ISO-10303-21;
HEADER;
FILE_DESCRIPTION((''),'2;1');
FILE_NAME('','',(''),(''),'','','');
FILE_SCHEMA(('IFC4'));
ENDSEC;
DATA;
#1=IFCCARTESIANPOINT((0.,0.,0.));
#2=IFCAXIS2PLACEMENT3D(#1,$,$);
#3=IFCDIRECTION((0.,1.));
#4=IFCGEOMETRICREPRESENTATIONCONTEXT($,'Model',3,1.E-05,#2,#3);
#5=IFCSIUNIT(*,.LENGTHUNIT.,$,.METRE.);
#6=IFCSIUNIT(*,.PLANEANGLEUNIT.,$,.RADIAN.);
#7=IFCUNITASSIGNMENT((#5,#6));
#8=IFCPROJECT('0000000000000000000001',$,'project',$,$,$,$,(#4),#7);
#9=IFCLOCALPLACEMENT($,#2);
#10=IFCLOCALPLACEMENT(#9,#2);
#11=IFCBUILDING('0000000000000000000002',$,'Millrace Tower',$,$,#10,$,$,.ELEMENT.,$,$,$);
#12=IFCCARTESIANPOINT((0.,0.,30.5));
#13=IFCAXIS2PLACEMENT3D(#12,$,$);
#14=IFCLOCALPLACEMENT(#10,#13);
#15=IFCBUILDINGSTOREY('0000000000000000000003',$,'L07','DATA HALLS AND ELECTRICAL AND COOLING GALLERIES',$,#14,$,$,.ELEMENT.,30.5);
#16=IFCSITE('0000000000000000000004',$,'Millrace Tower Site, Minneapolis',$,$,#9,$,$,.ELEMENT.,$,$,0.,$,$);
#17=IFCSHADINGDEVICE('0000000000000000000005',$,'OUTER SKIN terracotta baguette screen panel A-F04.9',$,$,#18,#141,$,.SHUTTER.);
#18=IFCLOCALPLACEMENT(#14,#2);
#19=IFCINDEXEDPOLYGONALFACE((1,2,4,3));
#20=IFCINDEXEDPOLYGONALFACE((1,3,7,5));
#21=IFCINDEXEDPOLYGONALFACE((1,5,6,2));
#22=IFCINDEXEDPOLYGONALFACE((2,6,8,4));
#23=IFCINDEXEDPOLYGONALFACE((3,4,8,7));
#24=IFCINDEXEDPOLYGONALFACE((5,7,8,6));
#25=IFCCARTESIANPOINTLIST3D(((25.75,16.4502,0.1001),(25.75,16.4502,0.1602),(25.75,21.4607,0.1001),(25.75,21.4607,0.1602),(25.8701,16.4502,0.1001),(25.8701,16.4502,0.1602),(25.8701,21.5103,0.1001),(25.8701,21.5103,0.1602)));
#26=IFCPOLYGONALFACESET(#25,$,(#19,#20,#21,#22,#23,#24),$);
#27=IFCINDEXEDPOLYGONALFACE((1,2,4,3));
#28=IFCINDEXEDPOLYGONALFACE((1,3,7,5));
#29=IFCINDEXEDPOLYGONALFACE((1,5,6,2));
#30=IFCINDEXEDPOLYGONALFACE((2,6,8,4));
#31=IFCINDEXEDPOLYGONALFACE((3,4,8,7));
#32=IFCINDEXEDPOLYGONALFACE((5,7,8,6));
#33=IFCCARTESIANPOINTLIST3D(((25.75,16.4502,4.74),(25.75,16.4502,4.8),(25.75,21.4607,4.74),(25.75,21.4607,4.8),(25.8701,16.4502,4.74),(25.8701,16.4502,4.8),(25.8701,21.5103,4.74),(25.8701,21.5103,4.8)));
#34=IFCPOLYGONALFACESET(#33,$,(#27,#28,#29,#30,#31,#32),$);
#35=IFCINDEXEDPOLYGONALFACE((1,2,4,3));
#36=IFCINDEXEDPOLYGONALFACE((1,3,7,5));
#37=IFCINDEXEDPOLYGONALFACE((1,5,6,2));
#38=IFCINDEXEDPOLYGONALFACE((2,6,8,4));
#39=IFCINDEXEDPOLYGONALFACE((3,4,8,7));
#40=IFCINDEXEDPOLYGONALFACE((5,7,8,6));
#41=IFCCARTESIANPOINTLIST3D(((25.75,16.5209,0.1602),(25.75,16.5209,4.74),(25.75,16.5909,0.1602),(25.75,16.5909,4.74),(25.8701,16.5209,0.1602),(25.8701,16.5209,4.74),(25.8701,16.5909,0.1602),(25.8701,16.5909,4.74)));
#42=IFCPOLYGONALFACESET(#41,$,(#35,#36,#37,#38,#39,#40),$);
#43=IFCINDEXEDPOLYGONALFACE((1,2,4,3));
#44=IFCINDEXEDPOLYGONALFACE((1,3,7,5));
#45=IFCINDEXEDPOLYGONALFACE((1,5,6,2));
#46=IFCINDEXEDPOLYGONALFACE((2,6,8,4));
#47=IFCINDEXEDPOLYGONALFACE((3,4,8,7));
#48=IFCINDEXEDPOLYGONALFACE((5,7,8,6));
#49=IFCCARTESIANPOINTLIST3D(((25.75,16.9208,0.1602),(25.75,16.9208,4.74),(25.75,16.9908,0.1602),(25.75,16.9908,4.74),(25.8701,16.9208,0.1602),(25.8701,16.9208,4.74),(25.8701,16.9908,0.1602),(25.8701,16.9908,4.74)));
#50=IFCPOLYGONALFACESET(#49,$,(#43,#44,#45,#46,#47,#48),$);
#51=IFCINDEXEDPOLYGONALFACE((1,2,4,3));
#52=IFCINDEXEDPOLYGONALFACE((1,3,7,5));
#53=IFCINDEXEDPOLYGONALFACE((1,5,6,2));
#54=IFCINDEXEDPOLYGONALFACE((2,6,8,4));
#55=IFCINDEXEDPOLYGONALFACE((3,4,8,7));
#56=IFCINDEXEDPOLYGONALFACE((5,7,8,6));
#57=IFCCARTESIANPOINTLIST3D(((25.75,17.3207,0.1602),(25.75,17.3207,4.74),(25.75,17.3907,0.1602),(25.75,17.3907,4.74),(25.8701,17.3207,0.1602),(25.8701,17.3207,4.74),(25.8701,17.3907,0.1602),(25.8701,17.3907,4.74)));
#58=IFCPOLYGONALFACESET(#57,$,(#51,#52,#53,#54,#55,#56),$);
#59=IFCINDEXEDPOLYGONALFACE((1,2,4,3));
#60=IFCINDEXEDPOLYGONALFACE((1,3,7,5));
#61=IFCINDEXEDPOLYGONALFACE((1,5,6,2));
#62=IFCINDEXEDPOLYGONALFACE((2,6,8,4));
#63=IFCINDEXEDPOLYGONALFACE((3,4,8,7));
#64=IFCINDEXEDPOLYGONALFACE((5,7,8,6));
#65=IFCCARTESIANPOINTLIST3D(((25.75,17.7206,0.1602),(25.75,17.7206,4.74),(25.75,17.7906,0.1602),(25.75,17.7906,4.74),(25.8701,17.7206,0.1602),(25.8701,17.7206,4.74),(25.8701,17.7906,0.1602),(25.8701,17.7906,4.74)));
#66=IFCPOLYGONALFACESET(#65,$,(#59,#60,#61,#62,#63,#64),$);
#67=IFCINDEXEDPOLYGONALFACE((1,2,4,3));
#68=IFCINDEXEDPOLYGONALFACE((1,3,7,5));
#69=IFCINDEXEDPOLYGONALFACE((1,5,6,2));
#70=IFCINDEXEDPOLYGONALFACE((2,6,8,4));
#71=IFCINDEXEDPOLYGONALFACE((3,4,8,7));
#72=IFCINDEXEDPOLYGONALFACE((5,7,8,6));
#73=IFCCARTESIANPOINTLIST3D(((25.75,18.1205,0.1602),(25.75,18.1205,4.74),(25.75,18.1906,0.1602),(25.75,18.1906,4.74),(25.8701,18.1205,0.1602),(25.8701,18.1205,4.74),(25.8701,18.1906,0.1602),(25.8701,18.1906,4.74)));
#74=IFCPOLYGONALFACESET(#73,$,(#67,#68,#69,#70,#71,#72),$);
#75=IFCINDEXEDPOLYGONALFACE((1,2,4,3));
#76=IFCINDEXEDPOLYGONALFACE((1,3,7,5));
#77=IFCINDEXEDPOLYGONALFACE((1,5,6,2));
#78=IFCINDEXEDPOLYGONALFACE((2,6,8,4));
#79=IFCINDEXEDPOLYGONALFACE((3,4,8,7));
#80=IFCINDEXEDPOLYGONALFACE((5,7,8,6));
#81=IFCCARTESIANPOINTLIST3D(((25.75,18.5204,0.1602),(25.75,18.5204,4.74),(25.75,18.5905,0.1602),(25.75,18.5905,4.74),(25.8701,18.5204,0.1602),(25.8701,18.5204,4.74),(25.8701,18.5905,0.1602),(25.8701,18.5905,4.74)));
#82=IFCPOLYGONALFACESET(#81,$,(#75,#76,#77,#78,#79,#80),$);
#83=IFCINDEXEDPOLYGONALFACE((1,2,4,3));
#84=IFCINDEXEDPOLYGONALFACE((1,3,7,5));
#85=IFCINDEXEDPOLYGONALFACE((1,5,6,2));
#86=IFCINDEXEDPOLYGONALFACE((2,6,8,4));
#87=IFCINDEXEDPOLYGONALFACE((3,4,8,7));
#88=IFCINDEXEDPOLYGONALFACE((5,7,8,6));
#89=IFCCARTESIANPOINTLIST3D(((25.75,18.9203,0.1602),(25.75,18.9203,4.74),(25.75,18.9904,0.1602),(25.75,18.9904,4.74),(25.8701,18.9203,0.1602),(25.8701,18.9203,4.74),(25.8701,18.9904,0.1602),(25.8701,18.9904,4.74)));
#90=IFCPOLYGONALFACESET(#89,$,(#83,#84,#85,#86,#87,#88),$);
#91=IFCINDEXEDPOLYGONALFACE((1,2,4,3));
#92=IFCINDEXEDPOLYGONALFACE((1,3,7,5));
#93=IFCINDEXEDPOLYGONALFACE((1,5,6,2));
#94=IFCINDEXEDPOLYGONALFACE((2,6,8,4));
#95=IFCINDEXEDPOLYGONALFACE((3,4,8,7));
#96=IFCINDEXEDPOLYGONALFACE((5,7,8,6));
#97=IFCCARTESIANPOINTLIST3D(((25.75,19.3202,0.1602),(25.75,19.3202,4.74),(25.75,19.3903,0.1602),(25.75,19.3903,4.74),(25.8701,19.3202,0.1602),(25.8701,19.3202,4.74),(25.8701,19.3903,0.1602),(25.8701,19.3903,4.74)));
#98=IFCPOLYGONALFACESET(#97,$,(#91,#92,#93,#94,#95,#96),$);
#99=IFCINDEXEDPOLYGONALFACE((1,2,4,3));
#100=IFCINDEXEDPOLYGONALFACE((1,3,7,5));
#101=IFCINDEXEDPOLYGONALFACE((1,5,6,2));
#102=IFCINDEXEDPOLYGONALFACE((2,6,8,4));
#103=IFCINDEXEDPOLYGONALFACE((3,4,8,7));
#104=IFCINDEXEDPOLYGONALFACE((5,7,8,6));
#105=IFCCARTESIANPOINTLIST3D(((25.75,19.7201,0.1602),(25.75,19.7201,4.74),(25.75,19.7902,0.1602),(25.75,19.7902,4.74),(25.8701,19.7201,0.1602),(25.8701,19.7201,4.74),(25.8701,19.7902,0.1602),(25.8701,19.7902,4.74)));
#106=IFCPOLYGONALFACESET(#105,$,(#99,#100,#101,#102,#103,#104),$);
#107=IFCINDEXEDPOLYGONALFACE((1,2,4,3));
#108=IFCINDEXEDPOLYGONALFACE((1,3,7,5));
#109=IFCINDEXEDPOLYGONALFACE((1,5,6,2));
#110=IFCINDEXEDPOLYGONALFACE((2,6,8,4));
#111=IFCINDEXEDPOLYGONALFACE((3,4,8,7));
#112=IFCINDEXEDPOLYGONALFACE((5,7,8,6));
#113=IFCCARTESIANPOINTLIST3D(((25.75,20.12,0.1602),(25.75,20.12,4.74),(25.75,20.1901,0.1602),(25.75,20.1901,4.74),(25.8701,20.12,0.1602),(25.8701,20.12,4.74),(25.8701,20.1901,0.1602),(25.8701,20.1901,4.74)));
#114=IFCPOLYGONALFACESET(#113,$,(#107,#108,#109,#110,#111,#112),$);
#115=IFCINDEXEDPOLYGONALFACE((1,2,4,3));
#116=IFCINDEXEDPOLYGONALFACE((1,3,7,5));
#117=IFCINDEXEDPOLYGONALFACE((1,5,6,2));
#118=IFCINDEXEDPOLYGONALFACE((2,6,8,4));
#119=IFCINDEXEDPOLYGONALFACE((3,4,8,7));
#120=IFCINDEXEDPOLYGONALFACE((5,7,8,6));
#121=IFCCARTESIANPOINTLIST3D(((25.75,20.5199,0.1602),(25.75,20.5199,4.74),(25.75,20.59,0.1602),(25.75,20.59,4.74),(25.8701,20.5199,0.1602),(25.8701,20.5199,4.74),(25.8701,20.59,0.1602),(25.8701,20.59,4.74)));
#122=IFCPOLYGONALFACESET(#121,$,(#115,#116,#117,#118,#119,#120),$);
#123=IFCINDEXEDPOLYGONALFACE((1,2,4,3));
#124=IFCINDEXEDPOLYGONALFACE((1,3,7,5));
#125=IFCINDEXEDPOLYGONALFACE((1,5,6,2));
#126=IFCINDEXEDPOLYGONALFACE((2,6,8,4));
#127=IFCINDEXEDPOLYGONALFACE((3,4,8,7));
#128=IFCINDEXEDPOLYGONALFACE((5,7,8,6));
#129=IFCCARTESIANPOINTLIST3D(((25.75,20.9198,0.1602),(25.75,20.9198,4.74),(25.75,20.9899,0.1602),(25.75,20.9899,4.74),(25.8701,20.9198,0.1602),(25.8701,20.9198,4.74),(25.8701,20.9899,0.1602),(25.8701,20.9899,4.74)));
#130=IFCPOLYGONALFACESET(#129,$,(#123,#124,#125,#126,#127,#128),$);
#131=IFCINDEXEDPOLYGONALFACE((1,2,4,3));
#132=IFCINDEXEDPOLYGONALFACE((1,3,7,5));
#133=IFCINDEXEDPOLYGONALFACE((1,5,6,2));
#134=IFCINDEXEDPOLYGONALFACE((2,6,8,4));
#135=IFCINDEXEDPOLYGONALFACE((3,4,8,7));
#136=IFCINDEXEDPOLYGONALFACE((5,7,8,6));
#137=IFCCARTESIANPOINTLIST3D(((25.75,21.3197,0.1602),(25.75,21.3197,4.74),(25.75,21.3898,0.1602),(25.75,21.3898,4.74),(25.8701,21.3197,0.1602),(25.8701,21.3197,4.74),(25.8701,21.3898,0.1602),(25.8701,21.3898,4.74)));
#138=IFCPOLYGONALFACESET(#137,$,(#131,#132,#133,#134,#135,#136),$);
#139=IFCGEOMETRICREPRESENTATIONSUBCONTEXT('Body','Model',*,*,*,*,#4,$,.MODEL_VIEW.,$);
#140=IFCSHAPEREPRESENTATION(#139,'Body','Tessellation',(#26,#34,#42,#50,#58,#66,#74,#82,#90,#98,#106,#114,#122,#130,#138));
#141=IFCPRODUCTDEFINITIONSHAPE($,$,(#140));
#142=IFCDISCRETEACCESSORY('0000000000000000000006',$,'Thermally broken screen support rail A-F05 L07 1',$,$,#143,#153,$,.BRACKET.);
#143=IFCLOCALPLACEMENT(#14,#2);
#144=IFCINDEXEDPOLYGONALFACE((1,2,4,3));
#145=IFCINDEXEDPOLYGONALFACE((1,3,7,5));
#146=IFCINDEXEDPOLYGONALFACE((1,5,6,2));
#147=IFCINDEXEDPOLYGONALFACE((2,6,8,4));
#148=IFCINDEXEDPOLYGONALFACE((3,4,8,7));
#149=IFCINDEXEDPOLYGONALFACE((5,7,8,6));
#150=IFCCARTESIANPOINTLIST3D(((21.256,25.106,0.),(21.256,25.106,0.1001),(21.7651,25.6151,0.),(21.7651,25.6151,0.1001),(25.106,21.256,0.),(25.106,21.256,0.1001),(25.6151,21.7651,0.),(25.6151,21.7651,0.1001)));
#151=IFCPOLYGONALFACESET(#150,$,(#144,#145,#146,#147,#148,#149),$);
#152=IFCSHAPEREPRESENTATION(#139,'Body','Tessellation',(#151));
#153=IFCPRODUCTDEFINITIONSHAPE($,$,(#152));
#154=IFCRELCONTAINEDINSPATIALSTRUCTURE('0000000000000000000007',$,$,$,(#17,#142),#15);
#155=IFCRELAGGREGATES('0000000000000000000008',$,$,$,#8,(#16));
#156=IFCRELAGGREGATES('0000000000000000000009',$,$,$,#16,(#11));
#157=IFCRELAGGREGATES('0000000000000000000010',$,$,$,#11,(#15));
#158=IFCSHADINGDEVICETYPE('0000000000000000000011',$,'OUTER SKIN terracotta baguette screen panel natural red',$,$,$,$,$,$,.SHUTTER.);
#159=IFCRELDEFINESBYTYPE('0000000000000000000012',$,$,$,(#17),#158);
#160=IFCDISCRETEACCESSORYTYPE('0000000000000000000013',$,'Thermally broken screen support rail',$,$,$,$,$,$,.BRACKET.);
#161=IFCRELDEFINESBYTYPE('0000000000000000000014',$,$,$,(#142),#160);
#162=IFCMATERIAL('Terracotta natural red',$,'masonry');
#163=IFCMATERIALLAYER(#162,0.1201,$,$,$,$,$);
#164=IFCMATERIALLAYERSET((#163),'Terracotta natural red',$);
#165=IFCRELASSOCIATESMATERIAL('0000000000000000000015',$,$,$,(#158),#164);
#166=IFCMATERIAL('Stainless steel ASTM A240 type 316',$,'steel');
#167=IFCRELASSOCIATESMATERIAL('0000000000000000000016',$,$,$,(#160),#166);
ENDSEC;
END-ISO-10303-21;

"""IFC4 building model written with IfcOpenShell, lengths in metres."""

from ifc_helpers import new_model, entity, si_unit, direction, frame, frame_2d, origin, origin_2d, place, context, subcontext, project, spatial, rectangle, extrude, source, transform, mapped, material, layer, layer_set, type_object, element, save


model = new_model("IFC4")

# Units and contexts
model_context = context("Model", 3, precision=1e-05, world=origin(), true_north=direction((0.0, 1.0)))
body_context = subcontext(model_context, "Body", "Model", "MODEL_VIEW")
ifc_project = project(units=[si_unit("LENGTHUNIT", "METRE"), si_unit("PLANEANGLEUNIT", "RADIAN")], contexts=[model_context])

# Site, building, storey
site_placement = place(None, origin())
site = spatial("IfcSite", under=ifc_project, at=site_placement, Name="Millrace Tower Site, Minneapolis", CompositionType="ELEMENT", RefElevation=0.0)
building_placement = place(site_placement, origin())
building = spatial("IfcBuilding", under=site, at=building_placement, Name="Millrace Tower", CompositionType="ELEMENT")
storey_placement = place(building_placement, frame((0.0, 0.0, 30.5)))
storey = spatial("IfcBuildingStorey", under=building, at=storey_placement, Name="L07", Description="DATA HALLS AND ELECTRICAL AND COOLING GALLERIES", CompositionType="ELEMENT", Elevation=30.5)

# Shading device
ifc_material_1 = material(Name="Terracotta natural red", Category="masonry")
ifc_layer_1 = layer(ifc_material_1, 0.1201)
ifc_layer_set_1 = layer_set([ifc_layer_1], Name="Terracotta natural red")
shading_device_type_1 = type_object("IfcShadingDeviceType", Name="OUTER SKIN terracotta baguette screen panel natural red", PredefinedType="SHUTTER", material=ifc_layer_set_1)
cartesian_point_1 = entity("IfcCartesianPoint", [-2.5176, 0.0601])
shared_polyline_1 = entity("IfcPolyline", [cartesian_point_1, entity("IfcCartesianPoint", [2.4929, 0.0601]), entity("IfcCartesianPoint", [2.5425, -0.0601]), entity("IfcCartesianPoint", [-2.5176, -0.0601]), cartesian_point_1])
shared_shape_1 = source(origin(), body_context, "Body", "SweptSolid", [
    entity("IfcExtrudedAreaSolid", entity("IfcArbitraryClosedProfileDef", "AREA", None, shared_polyline_1), entity("IfcAxis2Placement3D", entity("IfcCartesianPoint", [0.0, 0.0, 0.0])), entity("IfcDirection", [0.0, 0.0, 1.0]), 0.0601),
    entity("IfcExtrudedAreaSolid", entity("IfcArbitraryClosedProfileDef", "AREA", None, shared_polyline_1), entity("IfcAxis2Placement3D", entity("IfcCartesianPoint", [0.0, 0.0, 4.6399])), entity("IfcDirection", [0.0, 0.0, 1.0]), 0.0601),
    extrude(rectangle(XDim=0.0701, YDim=0.1201, at=frame_2d((-2.4119, 0.0))), frame((0.0, 0.0, 0.0601)), (0.0, 0.0, 1.0), 4.5798),
    extrude(rectangle(XDim=0.0701, YDim=0.1201, at=frame_2d((-2.012, 0.0))), frame((0.0, 0.0, 0.0601)), (0.0, 0.0, 1.0), 4.5798),
    extrude(rectangle(XDim=0.0701, YDim=0.1201, at=frame_2d((-1.6121, 0.0))), frame((0.0, 0.0, 0.0601)), (0.0, 0.0, 1.0), 4.5798),
    extrude(rectangle(XDim=0.0701, YDim=0.1201, at=frame_2d((-1.2122, 0.0))), frame((0.0, 0.0, 0.0601)), (0.0, 0.0, 1.0), 4.5798),
    extrude(rectangle(XDim=0.0701, YDim=0.1201, at=frame_2d((-0.8123, 0.0))), frame((0.0, 0.0, 0.0601)), (0.0, 0.0, 1.0), 4.5798),
    extrude(rectangle(XDim=0.0701, YDim=0.1201, at=frame_2d((-0.4124, 0.0))), frame((0.0, 0.0, 0.0601)), (0.0, 0.0, 1.0), 4.5798),
    extrude(rectangle(XDim=0.0701, YDim=0.1201, at=frame_2d((-0.0125, 0.0))), frame((0.0, 0.0, 0.0601)), (0.0, 0.0, 1.0), 4.5798),
    extrude(rectangle(XDim=0.0701, YDim=0.1201, at=frame_2d((0.3875, 0.0))), frame((0.0, 0.0, 0.0601)), (0.0, 0.0, 1.0), 4.5798),
    extrude(rectangle(XDim=0.0701, YDim=0.1201, at=frame_2d((0.7874, 0.0))), frame((0.0, 0.0, 0.0601)), (0.0, 0.0, 1.0), 4.5798),
    extrude(rectangle(XDim=0.0701, YDim=0.1201, at=frame_2d((1.1873, 0.0))), frame((0.0, 0.0, 0.0601)), (0.0, 0.0, 1.0), 4.5798),
    extrude(rectangle(XDim=0.0701, YDim=0.1201, at=frame_2d((1.5872, 0.0))), frame((0.0, 0.0, 0.0601)), (0.0, 0.0, 1.0), 4.5798),
    extrude(rectangle(XDim=0.0701, YDim=0.1201, at=frame_2d((1.9871, 0.0))), frame((0.0, 0.0, 0.0601)), (0.0, 0.0, 1.0), 4.5798),
    extrude(rectangle(XDim=0.0701, YDim=0.1201, at=frame_2d((2.387, 0.0))), frame((0.0, 0.0, 0.0601)), (0.0, 0.0, 1.0), 4.5798),
])
shading_device_1_placement = place(storey_placement, frame((25.8101, 18.9678, 0.1001), z_axis=(0.0, 0.0, 1.0), x_axis=(0.0, 1.0, 0.0)))
element("IfcShadingDevice", 1, at=shading_device_1_placement, inside=storey, type_object=shading_device_type_1, Name="OUTER SKIN terracotta baguette screen panel A-F04.9", PredefinedType="SHUTTER", context=body_context, shape_type="MappedRepresentation", body=[
    mapped(shared_shape_1, transform((0.0, 0.0, 0.0), scale=1.0)),
])

# Discrete accessory
ifc_material_2 = material(Name="Stainless steel ASTM A240 type 316", Category="steel")
discrete_accessory_type = type_object("IfcDiscreteAccessoryType", Name="Thermally broken screen support rail", PredefinedType="BRACKET", material=ifc_material_2)
discrete_accessory_placement = place(storey_placement, frame((23.4355, 23.4355, 0.0), z_axis=(0.0, 0.0, 1.0), x_axis=(-0.707107, 0.707107, 0.0)))
element("IfcDiscreteAccessory", 2, at=discrete_accessory_placement, inside=storey, type_object=discrete_accessory_type, Name="Thermally broken screen support rail A-F05 L07 1", PredefinedType="BRACKET", context=body_context, shape_type="SweptSolid", body=[
    extrude(rectangle(XDim=5.4448, YDim=0.72, at=origin_2d()), origin(), (0.0, 0.0, 1.0), 0.1001),
])

save(model, "model.ifc")
